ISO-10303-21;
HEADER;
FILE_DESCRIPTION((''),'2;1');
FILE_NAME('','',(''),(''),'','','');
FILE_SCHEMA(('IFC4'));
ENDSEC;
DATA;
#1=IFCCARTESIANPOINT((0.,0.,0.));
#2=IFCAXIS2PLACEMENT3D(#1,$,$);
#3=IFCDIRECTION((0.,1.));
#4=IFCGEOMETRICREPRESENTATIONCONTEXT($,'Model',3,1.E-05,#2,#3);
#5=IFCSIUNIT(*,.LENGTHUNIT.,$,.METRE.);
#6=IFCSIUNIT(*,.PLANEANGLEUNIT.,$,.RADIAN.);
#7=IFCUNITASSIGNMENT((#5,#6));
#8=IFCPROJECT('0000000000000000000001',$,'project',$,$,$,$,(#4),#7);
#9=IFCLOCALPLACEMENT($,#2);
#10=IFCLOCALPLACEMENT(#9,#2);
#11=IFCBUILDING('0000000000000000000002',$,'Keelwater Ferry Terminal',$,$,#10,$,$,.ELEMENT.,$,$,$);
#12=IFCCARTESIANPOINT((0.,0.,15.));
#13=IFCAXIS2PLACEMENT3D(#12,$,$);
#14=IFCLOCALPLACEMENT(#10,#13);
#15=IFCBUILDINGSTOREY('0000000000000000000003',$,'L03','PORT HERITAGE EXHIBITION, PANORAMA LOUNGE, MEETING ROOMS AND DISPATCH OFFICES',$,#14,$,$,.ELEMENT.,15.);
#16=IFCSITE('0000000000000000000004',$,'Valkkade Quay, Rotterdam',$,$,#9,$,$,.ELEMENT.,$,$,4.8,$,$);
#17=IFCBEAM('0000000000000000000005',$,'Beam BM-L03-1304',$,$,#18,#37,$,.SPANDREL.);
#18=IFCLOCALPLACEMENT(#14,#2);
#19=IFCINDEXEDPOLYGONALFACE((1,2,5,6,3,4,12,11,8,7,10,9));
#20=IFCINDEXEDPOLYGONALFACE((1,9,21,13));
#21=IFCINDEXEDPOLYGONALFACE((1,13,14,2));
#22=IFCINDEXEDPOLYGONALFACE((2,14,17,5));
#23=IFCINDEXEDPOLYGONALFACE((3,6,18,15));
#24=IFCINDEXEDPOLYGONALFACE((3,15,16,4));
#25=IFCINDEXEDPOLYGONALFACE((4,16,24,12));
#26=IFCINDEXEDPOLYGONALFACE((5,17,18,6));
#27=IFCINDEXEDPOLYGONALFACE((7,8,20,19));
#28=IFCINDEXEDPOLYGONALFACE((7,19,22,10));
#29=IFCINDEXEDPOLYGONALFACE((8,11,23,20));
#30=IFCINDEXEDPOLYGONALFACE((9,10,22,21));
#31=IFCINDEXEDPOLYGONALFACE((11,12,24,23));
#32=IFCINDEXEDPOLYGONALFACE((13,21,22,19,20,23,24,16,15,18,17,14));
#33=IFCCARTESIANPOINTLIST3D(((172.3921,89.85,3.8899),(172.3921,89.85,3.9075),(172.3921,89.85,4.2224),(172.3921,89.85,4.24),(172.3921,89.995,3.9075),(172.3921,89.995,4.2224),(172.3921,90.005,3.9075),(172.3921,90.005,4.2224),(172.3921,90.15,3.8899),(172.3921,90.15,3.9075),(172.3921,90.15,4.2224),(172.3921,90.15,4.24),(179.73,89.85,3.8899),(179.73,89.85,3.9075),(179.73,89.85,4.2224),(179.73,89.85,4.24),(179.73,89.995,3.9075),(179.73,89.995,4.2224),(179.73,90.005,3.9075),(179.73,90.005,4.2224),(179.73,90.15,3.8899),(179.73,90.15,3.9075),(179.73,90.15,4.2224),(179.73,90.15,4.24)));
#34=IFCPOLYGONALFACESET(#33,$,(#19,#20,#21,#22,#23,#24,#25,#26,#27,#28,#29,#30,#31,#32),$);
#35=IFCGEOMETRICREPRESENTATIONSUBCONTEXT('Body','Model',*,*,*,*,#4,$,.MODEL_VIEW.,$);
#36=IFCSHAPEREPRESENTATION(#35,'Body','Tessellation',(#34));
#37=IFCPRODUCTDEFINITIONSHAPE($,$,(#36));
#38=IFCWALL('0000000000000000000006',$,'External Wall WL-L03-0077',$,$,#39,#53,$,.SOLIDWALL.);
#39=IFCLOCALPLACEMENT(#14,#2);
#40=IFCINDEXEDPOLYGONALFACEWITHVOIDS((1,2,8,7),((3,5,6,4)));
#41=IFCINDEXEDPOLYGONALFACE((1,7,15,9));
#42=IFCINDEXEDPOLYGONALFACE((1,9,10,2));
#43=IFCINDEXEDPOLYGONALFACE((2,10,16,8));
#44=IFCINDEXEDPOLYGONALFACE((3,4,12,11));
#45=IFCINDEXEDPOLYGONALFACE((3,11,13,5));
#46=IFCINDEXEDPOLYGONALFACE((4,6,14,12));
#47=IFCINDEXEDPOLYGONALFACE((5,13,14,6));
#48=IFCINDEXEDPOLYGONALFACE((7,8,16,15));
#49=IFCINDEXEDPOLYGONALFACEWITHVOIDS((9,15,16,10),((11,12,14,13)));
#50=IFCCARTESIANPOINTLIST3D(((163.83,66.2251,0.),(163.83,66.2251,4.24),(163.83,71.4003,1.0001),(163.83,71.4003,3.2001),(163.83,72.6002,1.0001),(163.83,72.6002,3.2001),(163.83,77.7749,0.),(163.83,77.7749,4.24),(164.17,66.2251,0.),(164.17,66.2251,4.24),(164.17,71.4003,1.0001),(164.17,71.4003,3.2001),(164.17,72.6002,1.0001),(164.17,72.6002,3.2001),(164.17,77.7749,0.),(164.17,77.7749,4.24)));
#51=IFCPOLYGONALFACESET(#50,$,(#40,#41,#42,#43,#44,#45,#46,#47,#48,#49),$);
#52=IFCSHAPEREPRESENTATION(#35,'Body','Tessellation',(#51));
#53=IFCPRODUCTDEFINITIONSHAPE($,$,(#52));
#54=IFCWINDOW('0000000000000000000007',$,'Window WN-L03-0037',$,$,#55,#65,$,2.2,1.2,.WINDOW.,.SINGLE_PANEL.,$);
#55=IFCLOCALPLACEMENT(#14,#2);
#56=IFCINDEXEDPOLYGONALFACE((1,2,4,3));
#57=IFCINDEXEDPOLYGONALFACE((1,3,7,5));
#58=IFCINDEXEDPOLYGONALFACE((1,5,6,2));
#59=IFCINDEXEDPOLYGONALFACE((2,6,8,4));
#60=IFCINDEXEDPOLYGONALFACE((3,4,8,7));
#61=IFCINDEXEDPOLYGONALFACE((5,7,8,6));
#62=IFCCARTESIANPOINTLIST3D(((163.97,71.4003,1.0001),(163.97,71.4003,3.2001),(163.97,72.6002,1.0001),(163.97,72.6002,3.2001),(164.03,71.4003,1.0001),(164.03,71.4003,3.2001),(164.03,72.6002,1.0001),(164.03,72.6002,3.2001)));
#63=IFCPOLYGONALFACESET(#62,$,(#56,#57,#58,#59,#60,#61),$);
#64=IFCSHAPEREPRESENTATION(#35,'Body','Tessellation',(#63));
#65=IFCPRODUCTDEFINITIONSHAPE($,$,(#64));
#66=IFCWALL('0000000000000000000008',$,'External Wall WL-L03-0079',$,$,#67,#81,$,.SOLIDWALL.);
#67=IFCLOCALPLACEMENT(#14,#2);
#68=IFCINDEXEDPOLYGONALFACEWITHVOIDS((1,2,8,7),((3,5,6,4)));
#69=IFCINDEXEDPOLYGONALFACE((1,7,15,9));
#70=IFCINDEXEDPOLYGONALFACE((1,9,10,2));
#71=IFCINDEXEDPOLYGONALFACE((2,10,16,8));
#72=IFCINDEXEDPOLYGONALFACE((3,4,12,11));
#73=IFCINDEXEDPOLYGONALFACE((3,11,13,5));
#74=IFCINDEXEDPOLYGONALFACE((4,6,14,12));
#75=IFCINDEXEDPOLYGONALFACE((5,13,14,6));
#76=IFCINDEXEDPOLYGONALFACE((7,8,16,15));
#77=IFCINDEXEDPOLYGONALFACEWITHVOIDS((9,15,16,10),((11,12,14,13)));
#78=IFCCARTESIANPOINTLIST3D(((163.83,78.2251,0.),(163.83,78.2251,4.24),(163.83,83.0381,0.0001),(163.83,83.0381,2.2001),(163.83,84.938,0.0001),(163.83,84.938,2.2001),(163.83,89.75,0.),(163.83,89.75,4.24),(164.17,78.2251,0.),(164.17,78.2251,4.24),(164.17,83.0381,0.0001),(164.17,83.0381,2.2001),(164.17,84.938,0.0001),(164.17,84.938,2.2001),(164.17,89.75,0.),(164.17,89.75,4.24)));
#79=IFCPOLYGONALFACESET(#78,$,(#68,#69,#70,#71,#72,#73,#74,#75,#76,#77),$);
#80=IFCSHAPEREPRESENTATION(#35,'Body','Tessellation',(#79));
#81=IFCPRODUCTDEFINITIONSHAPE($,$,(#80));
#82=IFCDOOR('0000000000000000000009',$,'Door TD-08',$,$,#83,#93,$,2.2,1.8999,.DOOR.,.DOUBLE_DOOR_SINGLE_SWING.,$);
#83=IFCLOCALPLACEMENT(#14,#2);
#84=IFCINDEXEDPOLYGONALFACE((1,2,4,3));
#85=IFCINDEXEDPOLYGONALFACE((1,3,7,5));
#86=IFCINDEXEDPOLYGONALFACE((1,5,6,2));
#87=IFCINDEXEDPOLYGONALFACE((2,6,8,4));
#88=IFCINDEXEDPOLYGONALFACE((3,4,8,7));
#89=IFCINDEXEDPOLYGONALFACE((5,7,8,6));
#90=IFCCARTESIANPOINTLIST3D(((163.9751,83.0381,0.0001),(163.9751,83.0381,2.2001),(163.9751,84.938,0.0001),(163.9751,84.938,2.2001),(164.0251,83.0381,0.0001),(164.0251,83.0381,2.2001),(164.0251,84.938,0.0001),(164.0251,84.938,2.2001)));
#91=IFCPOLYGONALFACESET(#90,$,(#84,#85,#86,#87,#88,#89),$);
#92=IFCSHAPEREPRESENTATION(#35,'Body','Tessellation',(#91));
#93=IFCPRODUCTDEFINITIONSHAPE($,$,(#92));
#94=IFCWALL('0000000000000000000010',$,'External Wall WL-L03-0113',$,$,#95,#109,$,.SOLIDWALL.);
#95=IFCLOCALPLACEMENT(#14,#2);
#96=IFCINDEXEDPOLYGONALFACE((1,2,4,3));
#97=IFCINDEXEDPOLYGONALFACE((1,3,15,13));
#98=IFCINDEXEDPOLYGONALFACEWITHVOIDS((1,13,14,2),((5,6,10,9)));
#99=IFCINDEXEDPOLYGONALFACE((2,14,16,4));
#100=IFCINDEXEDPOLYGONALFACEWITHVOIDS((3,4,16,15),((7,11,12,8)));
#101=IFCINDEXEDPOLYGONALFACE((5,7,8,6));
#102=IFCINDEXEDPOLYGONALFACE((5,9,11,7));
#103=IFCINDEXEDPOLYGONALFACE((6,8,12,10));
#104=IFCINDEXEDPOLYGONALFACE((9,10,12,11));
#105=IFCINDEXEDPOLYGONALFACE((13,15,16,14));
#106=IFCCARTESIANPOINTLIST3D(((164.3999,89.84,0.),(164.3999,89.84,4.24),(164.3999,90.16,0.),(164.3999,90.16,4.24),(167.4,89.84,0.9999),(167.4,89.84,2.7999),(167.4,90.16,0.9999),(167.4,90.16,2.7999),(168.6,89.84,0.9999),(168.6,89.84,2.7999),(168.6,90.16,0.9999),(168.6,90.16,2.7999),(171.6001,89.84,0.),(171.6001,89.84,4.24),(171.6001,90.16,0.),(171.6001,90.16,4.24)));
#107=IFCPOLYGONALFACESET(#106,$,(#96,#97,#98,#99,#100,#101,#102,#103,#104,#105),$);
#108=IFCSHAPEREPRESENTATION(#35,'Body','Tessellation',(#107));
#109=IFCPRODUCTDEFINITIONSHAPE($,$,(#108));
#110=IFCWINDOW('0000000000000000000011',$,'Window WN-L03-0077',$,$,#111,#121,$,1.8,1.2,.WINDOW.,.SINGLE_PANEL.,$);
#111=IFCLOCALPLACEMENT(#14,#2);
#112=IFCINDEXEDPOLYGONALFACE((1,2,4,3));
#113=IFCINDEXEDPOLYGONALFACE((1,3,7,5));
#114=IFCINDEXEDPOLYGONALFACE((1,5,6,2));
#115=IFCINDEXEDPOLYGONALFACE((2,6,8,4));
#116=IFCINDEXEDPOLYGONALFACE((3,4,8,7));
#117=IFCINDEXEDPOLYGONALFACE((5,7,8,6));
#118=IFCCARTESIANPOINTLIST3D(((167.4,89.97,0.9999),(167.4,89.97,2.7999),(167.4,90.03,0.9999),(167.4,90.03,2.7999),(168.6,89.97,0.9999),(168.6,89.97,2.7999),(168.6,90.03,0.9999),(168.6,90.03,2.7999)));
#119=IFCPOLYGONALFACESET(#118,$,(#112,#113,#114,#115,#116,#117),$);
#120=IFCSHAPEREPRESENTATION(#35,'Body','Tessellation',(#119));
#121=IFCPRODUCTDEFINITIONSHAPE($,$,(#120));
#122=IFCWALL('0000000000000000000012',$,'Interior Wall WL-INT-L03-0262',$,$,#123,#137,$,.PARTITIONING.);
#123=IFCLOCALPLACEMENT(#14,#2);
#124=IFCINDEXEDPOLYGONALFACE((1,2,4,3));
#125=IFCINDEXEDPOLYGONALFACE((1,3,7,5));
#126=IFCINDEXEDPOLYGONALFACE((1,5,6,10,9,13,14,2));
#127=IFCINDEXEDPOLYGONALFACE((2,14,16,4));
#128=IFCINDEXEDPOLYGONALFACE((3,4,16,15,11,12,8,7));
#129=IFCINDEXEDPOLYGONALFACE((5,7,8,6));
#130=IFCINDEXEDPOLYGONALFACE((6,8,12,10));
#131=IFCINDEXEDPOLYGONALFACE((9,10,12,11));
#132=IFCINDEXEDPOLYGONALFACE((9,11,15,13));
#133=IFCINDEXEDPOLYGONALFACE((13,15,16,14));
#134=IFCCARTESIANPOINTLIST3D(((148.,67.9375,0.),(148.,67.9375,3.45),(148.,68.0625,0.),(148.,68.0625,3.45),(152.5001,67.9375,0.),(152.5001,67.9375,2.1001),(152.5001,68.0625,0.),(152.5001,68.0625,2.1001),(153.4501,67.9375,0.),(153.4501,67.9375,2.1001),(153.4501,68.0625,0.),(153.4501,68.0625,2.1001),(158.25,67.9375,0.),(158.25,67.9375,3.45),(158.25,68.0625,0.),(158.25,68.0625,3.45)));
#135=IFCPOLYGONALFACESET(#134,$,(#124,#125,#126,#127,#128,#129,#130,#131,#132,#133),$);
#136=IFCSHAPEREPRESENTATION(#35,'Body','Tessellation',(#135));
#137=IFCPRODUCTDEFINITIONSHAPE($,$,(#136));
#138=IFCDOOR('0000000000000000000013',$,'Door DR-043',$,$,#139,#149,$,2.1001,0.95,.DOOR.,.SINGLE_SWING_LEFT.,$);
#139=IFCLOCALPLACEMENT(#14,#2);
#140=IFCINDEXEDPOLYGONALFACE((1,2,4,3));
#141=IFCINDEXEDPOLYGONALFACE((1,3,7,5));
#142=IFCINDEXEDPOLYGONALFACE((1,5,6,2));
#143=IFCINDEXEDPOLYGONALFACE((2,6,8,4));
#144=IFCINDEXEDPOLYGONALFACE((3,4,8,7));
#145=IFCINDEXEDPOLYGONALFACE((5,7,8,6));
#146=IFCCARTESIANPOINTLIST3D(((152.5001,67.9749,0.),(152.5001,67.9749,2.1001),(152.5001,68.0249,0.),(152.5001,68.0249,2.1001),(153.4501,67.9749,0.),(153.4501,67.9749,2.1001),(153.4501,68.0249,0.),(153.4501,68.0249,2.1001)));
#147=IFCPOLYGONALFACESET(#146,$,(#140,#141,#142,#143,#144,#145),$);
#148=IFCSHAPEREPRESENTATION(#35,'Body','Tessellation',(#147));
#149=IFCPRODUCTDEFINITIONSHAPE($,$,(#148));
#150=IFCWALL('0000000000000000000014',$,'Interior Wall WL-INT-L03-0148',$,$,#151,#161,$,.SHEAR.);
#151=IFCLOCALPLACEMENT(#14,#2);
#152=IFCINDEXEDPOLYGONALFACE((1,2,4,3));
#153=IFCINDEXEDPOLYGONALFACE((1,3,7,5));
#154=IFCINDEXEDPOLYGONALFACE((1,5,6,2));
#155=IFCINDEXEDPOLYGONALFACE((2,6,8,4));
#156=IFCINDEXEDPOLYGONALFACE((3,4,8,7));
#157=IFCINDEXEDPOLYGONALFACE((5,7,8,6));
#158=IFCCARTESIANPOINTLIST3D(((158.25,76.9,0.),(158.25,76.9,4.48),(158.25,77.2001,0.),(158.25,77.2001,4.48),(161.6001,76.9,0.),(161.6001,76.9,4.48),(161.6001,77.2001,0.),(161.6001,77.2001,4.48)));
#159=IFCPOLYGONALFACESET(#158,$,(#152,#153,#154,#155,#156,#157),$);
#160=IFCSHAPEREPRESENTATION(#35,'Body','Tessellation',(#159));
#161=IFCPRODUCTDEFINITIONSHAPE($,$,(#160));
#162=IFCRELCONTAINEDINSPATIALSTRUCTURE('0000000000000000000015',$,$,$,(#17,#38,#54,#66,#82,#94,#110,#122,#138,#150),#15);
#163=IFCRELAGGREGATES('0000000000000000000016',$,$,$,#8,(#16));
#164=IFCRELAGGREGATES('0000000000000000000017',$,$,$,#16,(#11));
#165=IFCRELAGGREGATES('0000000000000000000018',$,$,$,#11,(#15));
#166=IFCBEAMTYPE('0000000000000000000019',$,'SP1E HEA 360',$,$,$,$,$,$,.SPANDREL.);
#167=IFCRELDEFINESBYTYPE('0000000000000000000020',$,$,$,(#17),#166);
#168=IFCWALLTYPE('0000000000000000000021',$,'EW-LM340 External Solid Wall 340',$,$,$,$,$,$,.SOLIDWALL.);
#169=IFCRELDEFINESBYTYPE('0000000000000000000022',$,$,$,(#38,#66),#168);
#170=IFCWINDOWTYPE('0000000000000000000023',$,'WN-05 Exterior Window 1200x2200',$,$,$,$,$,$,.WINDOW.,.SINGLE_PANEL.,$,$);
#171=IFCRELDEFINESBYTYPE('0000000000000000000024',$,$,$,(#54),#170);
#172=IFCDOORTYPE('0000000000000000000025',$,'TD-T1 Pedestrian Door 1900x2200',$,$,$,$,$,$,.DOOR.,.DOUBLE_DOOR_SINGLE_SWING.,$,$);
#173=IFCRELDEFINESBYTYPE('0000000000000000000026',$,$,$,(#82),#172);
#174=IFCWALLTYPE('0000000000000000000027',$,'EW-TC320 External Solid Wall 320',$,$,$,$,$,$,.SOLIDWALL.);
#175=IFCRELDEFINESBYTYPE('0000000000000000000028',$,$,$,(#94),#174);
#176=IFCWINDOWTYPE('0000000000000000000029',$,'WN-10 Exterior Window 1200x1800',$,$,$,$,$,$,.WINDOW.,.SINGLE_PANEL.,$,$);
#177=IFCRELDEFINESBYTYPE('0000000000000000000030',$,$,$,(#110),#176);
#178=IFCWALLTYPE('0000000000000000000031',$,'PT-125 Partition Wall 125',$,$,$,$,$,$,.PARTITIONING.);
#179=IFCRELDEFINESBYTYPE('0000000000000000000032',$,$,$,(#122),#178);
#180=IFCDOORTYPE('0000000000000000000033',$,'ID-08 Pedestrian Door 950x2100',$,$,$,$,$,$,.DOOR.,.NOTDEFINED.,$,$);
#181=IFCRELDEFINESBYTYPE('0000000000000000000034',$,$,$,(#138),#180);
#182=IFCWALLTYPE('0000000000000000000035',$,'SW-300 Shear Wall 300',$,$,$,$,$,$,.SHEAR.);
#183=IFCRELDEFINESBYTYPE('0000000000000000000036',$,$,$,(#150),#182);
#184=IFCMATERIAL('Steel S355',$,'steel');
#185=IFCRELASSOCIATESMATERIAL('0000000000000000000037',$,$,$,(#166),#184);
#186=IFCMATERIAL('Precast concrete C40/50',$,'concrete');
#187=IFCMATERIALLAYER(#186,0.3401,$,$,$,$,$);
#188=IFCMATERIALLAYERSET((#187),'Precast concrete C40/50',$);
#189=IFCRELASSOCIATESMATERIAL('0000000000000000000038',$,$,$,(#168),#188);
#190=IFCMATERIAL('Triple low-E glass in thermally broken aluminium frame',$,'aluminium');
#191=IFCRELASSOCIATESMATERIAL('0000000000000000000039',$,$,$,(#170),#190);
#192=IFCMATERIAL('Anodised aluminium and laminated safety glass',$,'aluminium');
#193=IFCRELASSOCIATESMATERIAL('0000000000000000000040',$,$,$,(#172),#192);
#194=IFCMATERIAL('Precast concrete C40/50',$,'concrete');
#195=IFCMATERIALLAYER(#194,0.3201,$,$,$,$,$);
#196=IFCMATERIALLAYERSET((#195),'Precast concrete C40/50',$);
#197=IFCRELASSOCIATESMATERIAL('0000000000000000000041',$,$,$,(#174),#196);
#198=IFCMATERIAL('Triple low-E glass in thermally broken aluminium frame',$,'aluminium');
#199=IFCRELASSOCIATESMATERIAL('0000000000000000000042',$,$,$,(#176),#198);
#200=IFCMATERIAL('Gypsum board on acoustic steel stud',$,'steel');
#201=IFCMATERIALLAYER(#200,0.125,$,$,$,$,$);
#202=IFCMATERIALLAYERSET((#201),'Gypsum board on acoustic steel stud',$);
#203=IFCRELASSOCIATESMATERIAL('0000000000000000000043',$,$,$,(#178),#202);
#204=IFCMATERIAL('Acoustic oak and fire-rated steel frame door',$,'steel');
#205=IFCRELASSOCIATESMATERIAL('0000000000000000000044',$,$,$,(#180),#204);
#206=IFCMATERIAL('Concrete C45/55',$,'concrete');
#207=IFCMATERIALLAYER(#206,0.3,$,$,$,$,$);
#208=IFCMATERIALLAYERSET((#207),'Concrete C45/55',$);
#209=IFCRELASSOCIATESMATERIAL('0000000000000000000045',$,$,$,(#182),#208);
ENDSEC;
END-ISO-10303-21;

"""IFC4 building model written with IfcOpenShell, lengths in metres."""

from ifc_helpers import new_model, si_unit, direction, frame, frame_2d, origin, origin_2d, place, context, subcontext, project, spatial, rectangle, i_section, extrude, material, layer, layer_set, material_profile, profile_set, type_object, element, fill, save


model = new_model("IFC4")

# Units and contexts
model_context = context("Model", 3, precision=1e-05, world=origin(), true_north=direction((0.0, 1.0)))
body_context = subcontext(model_context, "Body", "Model", "MODEL_VIEW")
ifc_project = project(units=[si_unit("LENGTHUNIT", "METRE"), si_unit("PLANEANGLEUNIT", "RADIAN")], contexts=[model_context])

# Site, building, storey
site_placement = place(None, origin())
site = spatial("IfcSite", under=ifc_project, at=site_placement, Name="Valkkade Quay, Rotterdam", CompositionType="ELEMENT", RefElevation=4.8)
building_placement = place(site_placement, origin())
building = spatial("IfcBuilding", under=site, at=building_placement, Name="Keelwater Ferry Terminal", CompositionType="ELEMENT")
storey_placement = place(building_placement, frame((0.0, 0.0, 15.0)))
storey = spatial("IfcBuildingStorey", under=building, at=storey_placement, Name="L03", Description="PORT HERITAGE EXHIBITION, PANORAMA LOUNGE, MEETING ROOMS AND DISPATCH OFFICES", CompositionType="ELEMENT", Elevation=15.0)

# Beam
ifc_material_1 = material(Name="Steel S355", Category="steel")
ifc_material_profile_1 = material_profile(ifc_material_1, i_section(OverallWidth=0.3, OverallDepth=0.3501, WebThickness=0.01, FlangeThickness=0.0176, at=origin_2d()), Name="HEA 360")
ifc_profile_set_1 = profile_set([ifc_material_profile_1], Name="Steel S355")
beam_type_1 = type_object("IfcBeamType", Name="SP1E HEA 360", PredefinedType="SPANDREL", material=ifc_profile_set_1)
beam_1_placement = place(storey_placement, frame((172.3921, 90.0, 4.0649), z_axis=(1.0, 0.0, 0.0), x_axis=(0.0, 1.0, 0.0)))
element("IfcBeam", 1, at=beam_1_placement, inside=storey, type_object=beam_type_1, Name="Beam BM-L03-1304", PredefinedType="SPANDREL", context=body_context, shape_type="SweptSolid", body=[
    extrude(i_section(OverallWidth=0.3, OverallDepth=0.3501, WebThickness=0.01, FlangeThickness=0.0176, at=origin_2d()), origin(), (0.0, 0.0, 1.0), 7.3379),
])

# Wall, opening, window
ifc_material_2 = material(Name="Precast concrete C40/50", Category="concrete")
ifc_layer_1 = layer(ifc_material_2, 0.3401)
ifc_layer_set_1 = layer_set([ifc_layer_1], Name="Precast concrete C40/50")
wall_type_1 = type_object("IfcWallType", Name="EW-LM340 External Solid Wall 340", PredefinedType="SOLIDWALL", material=ifc_layer_set_1)
wall_1_placement = place(storey_placement, frame((164.0, 66.2251, 0.0), z_axis=(0.0, 0.0, 1.0), x_axis=(0.0, 1.0, 0.0)))
wall_1 = element("IfcWall", 2, at=wall_1_placement, inside=storey, type_object=wall_type_1, Name="External Wall WL-L03-0077", PredefinedType="SOLIDWALL", context=body_context, shape_type="SweptSolid", body=[
    extrude(rectangle(XDim=11.5498, YDim=0.3401, at=frame_2d((5.7749, 0.0))), origin(), (0.0, 0.0, 1.0), 4.24),
])
opening_1_placement = place(wall_1_placement, frame((5.175, 0.0, 1.0)))
opening_1 = element("IfcOpeningElement", 3, at=opening_1_placement, cuts=wall_1, PredefinedType="OPENING", context=body_context, shape_type="SweptSolid", body=[
    extrude(rectangle(XDim=1.2, YDim=2.2, at=frame_2d((0.6001, 1.1001))), frame((0.0, 0.1799, 0.0), z_axis=(0.0, -1.0, 0.0), x_axis=(1.0, 0.0, 0.0)), (0.0, 0.0, 1.0), 0.3601),
])
ifc_material_3 = material(Name="Triple low-E glass in thermally broken aluminium frame", Category="aluminium")
window_type_1 = type_object("IfcWindowType", Name="WN-05 Exterior Window 1200x2200", PartitioningType="SINGLE_PANEL", PredefinedType="WINDOW", material=ifc_material_3)
window_1_placement = place(opening_1_placement, origin())
window_1 = element("IfcWindow", 4, at=window_1_placement, inside=storey, type_object=window_type_1, Name="Window WN-L03-0037", OverallHeight=2.2, OverallWidth=1.2, PartitioningType="SINGLE_PANEL", PredefinedType="WINDOW", context=body_context, shape_type="SweptSolid", body=[
    extrude(rectangle(XDim=1.2, YDim=2.2, at=frame_2d((0.6001, 1.1001))), frame((0.0, 0.03, 0.0), z_axis=(0.0, -1.0, 0.0), x_axis=(1.0, 0.0, 0.0)), (0.0, 0.0, 1.0), 0.0601),
])
fill(opening_1, window_1)

# Wall, opening, door
wall_2_placement = place(storey_placement, frame((164.0, 78.2251, 0.0), z_axis=(0.0, 0.0, 1.0), x_axis=(0.0, 1.0, 0.0)))
wall_2 = element("IfcWall", 5, at=wall_2_placement, inside=storey, type_object=wall_type_1, Name="External Wall WL-L03-0079", PredefinedType="SOLIDWALL", context=body_context, shape_type="SweptSolid", body=[
    extrude(rectangle(XDim=11.5249, YDim=0.3401, at=frame_2d((5.7625, 0.0))), origin(), (0.0, 0.0, 1.0), 4.24),
])
opening_2_placement = place(wall_2_placement, frame((4.813, 0.0, 0.0)))
opening_2 = element("IfcOpeningElement", 6, at=opening_2_placement, cuts=wall_2, PredefinedType="OPENING", context=body_context, shape_type="SweptSolid", body=[
    extrude(rectangle(XDim=1.8999, YDim=2.2, at=frame_2d((0.95, 1.1001))), frame((0.0, 0.1799, 0.0), z_axis=(0.0, -1.0, 0.0), x_axis=(1.0, 0.0, 0.0)), (0.0, 0.0, 1.0), 0.3601),
])
ifc_material_4 = material(Name="Anodised aluminium and laminated safety glass", Category="aluminium")
door_type_1 = type_object("IfcDoorType", Name="TD-T1 Pedestrian Door 1900x2200", OperationType="DOUBLE_DOOR_SINGLE_SWING", PredefinedType="DOOR", material=ifc_material_4)
door_1_placement = place(opening_2_placement, origin())
door_1 = element("IfcDoor", 7, at=door_1_placement, inside=storey, type_object=door_type_1, Name="Door TD-08", OperationType="DOUBLE_DOOR_SINGLE_SWING", OverallHeight=2.2, OverallWidth=1.8999, PredefinedType="DOOR", context=body_context, shape_type="SweptSolid", body=[
    extrude(rectangle(XDim=1.8999, YDim=2.2, at=frame_2d((0.95, 1.1001))), frame((0.0, 0.0249, 0.0), z_axis=(0.0, -1.0, 0.0), x_axis=(1.0, 0.0, 0.0)), (0.0, 0.0, 1.0), 0.05),
])
fill(opening_2, door_1)

# Wall, opening, window
ifc_material_5 = material(Name="Precast concrete C40/50", Category="concrete")
ifc_layer_2 = layer(ifc_material_5, 0.3201)
ifc_layer_set_2 = layer_set([ifc_layer_2], Name="Precast concrete C40/50")
wall_type_2 = type_object("IfcWallType", Name="EW-TC320 External Solid Wall 320", PredefinedType="SOLIDWALL", material=ifc_layer_set_2)
wall_3_placement = place(storey_placement, frame((171.6001, 90.0, 0.0), z_axis=(0.0, 0.0, 1.0), x_axis=(-1.0, 0.0, 0.0)))
wall_3 = element("IfcWall", 8, at=wall_3_placement, inside=storey, type_object=wall_type_2, Name="External Wall WL-L03-0113", PredefinedType="SOLIDWALL", context=body_context, shape_type="SweptSolid", body=[
    extrude(rectangle(XDim=7.2002, YDim=0.3201, at=frame_2d((3.6001, 0.0))), origin(), (0.0, 0.0, 1.0), 4.24),
])
opening_3_placement = place(wall_3_placement, frame((3.0, 0.0, 1.0)))
opening_3 = element("IfcOpeningElement", 9, at=opening_3_placement, cuts=wall_3, PredefinedType="OPENING", context=body_context, shape_type="SweptSolid", body=[
    extrude(rectangle(XDim=1.2, YDim=1.8, at=frame_2d((0.6001, 0.8999))), frame((0.0, 0.1702, 0.0), z_axis=(0.0, -1.0, 0.0), x_axis=(1.0, 0.0, 0.0)), (0.0, 0.0, 1.0), 0.3401),
])
ifc_material_6 = material(Name="Triple low-E glass in thermally broken aluminium frame", Category="aluminium")
window_type_2 = type_object("IfcWindowType", Name="WN-10 Exterior Window 1200x1800", PartitioningType="SINGLE_PANEL", PredefinedType="WINDOW", material=ifc_material_6)
window_2_placement = place(opening_3_placement, origin())
window_2 = element("IfcWindow", 10, at=window_2_placement, inside=storey, type_object=window_type_2, Name="Window WN-L03-0077", OverallHeight=1.8, OverallWidth=1.2, PartitioningType="SINGLE_PANEL", PredefinedType="WINDOW", context=body_context, shape_type="SweptSolid", body=[
    extrude(rectangle(XDim=1.2, YDim=1.8, at=frame_2d((0.6001, 0.8999))), frame((0.0, 0.03, 0.0), z_axis=(0.0, -1.0, 0.0), x_axis=(1.0, 0.0, 0.0)), (0.0, 0.0, 1.0), 0.0601),
])
fill(opening_3, window_2)

# Wall, opening, door
ifc_material_7 = material(Name="Gypsum board on acoustic steel stud", Category="steel")
ifc_layer_3 = layer(ifc_material_7, 0.125)
ifc_layer_set_3 = layer_set([ifc_layer_3], Name="Gypsum board on acoustic steel stud")
wall_type_3 = type_object("IfcWallType", Name="PT-125 Partition Wall 125", PredefinedType="PARTITIONING", material=ifc_layer_set_3)
wall_4_placement = place(storey_placement, frame((148.0, 68.0, 0.0), z_axis=(0.0, 0.0, 1.0), x_axis=(1.0, 0.0, 0.0)))
wall_4 = element("IfcWall", 11, at=wall_4_placement, inside=storey, type_object=wall_type_3, Name="Interior Wall WL-INT-L03-0262", PredefinedType="PARTITIONING", context=body_context, shape_type="SweptSolid", body=[
    extrude(rectangle(XDim=10.25, YDim=0.125, at=frame_2d((5.125, 0.0))), origin(), (0.0, 0.0, 1.0), 3.45),
])
opening_4_placement = place(wall_4_placement, frame((4.5, 0.0, 0.0)))
opening_4 = element("IfcOpeningElement", 12, at=opening_4_placement, cuts=wall_4, PredefinedType="OPENING", context=body_context, shape_type="SweptSolid", body=[
    extrude(rectangle(XDim=0.95, YDim=2.1001, at=frame_2d((0.4751, 1.05))), frame((0.0, 0.0725, 0.0), z_axis=(0.0, -1.0, 0.0), x_axis=(1.0, 0.0, 0.0)), (0.0, 0.0, 1.0), 0.145),
])
ifc_material_8 = material(Name="Acoustic oak and fire-rated steel frame door", Category="steel")
door_type_2 = type_object("IfcDoorType", Name="ID-08 Pedestrian Door 950x2100", OperationType="NOTDEFINED", PredefinedType="DOOR", material=ifc_material_8)
door_2_placement = place(opening_4_placement, origin())
door_2 = element("IfcDoor", 13, at=door_2_placement, inside=storey, type_object=door_type_2, Name="Door DR-043", OperationType="SINGLE_SWING_LEFT", OverallHeight=2.1001, OverallWidth=0.95, PredefinedType="DOOR", context=body_context, shape_type="SweptSolid", body=[
    extrude(rectangle(XDim=0.95, YDim=2.1001, at=frame_2d((0.4751, 1.05))), frame((0.0, 0.0249, 0.0), z_axis=(0.0, -1.0, 0.0), x_axis=(1.0, 0.0, 0.0)), (0.0, 0.0, 1.0), 0.05),
])
fill(opening_4, door_2)
ifc_material_9 = material(Name="Concrete C45/55", Category="concrete")
ifc_layer_4 = layer(ifc_material_9, 0.3)
ifc_layer_set_4 = layer_set([ifc_layer_4], Name="Concrete C45/55")
wall_type_4 = type_object("IfcWallType", Name="SW-300 Shear Wall 300", PredefinedType="SHEAR", material=ifc_layer_set_4)

# Wall
wall_5_placement = place(storey_placement, frame((158.25, 77.05, 0.0), z_axis=(0.0, 0.0, 1.0), x_axis=(1.0, 0.0, 0.0)))
element("IfcWall", 14, at=wall_5_placement, inside=storey, type_object=wall_type_4, Name="Interior Wall WL-INT-L03-0148", PredefinedType="SHEAR", context=body_context, shape_type="SweptSolid", body=[
    extrude(rectangle(XDim=3.3501, YDim=0.3, at=frame_2d((1.675, 0.0))), origin(), (0.0, 0.0, 1.0), 4.48),
])

save(model, "model.ifc")
